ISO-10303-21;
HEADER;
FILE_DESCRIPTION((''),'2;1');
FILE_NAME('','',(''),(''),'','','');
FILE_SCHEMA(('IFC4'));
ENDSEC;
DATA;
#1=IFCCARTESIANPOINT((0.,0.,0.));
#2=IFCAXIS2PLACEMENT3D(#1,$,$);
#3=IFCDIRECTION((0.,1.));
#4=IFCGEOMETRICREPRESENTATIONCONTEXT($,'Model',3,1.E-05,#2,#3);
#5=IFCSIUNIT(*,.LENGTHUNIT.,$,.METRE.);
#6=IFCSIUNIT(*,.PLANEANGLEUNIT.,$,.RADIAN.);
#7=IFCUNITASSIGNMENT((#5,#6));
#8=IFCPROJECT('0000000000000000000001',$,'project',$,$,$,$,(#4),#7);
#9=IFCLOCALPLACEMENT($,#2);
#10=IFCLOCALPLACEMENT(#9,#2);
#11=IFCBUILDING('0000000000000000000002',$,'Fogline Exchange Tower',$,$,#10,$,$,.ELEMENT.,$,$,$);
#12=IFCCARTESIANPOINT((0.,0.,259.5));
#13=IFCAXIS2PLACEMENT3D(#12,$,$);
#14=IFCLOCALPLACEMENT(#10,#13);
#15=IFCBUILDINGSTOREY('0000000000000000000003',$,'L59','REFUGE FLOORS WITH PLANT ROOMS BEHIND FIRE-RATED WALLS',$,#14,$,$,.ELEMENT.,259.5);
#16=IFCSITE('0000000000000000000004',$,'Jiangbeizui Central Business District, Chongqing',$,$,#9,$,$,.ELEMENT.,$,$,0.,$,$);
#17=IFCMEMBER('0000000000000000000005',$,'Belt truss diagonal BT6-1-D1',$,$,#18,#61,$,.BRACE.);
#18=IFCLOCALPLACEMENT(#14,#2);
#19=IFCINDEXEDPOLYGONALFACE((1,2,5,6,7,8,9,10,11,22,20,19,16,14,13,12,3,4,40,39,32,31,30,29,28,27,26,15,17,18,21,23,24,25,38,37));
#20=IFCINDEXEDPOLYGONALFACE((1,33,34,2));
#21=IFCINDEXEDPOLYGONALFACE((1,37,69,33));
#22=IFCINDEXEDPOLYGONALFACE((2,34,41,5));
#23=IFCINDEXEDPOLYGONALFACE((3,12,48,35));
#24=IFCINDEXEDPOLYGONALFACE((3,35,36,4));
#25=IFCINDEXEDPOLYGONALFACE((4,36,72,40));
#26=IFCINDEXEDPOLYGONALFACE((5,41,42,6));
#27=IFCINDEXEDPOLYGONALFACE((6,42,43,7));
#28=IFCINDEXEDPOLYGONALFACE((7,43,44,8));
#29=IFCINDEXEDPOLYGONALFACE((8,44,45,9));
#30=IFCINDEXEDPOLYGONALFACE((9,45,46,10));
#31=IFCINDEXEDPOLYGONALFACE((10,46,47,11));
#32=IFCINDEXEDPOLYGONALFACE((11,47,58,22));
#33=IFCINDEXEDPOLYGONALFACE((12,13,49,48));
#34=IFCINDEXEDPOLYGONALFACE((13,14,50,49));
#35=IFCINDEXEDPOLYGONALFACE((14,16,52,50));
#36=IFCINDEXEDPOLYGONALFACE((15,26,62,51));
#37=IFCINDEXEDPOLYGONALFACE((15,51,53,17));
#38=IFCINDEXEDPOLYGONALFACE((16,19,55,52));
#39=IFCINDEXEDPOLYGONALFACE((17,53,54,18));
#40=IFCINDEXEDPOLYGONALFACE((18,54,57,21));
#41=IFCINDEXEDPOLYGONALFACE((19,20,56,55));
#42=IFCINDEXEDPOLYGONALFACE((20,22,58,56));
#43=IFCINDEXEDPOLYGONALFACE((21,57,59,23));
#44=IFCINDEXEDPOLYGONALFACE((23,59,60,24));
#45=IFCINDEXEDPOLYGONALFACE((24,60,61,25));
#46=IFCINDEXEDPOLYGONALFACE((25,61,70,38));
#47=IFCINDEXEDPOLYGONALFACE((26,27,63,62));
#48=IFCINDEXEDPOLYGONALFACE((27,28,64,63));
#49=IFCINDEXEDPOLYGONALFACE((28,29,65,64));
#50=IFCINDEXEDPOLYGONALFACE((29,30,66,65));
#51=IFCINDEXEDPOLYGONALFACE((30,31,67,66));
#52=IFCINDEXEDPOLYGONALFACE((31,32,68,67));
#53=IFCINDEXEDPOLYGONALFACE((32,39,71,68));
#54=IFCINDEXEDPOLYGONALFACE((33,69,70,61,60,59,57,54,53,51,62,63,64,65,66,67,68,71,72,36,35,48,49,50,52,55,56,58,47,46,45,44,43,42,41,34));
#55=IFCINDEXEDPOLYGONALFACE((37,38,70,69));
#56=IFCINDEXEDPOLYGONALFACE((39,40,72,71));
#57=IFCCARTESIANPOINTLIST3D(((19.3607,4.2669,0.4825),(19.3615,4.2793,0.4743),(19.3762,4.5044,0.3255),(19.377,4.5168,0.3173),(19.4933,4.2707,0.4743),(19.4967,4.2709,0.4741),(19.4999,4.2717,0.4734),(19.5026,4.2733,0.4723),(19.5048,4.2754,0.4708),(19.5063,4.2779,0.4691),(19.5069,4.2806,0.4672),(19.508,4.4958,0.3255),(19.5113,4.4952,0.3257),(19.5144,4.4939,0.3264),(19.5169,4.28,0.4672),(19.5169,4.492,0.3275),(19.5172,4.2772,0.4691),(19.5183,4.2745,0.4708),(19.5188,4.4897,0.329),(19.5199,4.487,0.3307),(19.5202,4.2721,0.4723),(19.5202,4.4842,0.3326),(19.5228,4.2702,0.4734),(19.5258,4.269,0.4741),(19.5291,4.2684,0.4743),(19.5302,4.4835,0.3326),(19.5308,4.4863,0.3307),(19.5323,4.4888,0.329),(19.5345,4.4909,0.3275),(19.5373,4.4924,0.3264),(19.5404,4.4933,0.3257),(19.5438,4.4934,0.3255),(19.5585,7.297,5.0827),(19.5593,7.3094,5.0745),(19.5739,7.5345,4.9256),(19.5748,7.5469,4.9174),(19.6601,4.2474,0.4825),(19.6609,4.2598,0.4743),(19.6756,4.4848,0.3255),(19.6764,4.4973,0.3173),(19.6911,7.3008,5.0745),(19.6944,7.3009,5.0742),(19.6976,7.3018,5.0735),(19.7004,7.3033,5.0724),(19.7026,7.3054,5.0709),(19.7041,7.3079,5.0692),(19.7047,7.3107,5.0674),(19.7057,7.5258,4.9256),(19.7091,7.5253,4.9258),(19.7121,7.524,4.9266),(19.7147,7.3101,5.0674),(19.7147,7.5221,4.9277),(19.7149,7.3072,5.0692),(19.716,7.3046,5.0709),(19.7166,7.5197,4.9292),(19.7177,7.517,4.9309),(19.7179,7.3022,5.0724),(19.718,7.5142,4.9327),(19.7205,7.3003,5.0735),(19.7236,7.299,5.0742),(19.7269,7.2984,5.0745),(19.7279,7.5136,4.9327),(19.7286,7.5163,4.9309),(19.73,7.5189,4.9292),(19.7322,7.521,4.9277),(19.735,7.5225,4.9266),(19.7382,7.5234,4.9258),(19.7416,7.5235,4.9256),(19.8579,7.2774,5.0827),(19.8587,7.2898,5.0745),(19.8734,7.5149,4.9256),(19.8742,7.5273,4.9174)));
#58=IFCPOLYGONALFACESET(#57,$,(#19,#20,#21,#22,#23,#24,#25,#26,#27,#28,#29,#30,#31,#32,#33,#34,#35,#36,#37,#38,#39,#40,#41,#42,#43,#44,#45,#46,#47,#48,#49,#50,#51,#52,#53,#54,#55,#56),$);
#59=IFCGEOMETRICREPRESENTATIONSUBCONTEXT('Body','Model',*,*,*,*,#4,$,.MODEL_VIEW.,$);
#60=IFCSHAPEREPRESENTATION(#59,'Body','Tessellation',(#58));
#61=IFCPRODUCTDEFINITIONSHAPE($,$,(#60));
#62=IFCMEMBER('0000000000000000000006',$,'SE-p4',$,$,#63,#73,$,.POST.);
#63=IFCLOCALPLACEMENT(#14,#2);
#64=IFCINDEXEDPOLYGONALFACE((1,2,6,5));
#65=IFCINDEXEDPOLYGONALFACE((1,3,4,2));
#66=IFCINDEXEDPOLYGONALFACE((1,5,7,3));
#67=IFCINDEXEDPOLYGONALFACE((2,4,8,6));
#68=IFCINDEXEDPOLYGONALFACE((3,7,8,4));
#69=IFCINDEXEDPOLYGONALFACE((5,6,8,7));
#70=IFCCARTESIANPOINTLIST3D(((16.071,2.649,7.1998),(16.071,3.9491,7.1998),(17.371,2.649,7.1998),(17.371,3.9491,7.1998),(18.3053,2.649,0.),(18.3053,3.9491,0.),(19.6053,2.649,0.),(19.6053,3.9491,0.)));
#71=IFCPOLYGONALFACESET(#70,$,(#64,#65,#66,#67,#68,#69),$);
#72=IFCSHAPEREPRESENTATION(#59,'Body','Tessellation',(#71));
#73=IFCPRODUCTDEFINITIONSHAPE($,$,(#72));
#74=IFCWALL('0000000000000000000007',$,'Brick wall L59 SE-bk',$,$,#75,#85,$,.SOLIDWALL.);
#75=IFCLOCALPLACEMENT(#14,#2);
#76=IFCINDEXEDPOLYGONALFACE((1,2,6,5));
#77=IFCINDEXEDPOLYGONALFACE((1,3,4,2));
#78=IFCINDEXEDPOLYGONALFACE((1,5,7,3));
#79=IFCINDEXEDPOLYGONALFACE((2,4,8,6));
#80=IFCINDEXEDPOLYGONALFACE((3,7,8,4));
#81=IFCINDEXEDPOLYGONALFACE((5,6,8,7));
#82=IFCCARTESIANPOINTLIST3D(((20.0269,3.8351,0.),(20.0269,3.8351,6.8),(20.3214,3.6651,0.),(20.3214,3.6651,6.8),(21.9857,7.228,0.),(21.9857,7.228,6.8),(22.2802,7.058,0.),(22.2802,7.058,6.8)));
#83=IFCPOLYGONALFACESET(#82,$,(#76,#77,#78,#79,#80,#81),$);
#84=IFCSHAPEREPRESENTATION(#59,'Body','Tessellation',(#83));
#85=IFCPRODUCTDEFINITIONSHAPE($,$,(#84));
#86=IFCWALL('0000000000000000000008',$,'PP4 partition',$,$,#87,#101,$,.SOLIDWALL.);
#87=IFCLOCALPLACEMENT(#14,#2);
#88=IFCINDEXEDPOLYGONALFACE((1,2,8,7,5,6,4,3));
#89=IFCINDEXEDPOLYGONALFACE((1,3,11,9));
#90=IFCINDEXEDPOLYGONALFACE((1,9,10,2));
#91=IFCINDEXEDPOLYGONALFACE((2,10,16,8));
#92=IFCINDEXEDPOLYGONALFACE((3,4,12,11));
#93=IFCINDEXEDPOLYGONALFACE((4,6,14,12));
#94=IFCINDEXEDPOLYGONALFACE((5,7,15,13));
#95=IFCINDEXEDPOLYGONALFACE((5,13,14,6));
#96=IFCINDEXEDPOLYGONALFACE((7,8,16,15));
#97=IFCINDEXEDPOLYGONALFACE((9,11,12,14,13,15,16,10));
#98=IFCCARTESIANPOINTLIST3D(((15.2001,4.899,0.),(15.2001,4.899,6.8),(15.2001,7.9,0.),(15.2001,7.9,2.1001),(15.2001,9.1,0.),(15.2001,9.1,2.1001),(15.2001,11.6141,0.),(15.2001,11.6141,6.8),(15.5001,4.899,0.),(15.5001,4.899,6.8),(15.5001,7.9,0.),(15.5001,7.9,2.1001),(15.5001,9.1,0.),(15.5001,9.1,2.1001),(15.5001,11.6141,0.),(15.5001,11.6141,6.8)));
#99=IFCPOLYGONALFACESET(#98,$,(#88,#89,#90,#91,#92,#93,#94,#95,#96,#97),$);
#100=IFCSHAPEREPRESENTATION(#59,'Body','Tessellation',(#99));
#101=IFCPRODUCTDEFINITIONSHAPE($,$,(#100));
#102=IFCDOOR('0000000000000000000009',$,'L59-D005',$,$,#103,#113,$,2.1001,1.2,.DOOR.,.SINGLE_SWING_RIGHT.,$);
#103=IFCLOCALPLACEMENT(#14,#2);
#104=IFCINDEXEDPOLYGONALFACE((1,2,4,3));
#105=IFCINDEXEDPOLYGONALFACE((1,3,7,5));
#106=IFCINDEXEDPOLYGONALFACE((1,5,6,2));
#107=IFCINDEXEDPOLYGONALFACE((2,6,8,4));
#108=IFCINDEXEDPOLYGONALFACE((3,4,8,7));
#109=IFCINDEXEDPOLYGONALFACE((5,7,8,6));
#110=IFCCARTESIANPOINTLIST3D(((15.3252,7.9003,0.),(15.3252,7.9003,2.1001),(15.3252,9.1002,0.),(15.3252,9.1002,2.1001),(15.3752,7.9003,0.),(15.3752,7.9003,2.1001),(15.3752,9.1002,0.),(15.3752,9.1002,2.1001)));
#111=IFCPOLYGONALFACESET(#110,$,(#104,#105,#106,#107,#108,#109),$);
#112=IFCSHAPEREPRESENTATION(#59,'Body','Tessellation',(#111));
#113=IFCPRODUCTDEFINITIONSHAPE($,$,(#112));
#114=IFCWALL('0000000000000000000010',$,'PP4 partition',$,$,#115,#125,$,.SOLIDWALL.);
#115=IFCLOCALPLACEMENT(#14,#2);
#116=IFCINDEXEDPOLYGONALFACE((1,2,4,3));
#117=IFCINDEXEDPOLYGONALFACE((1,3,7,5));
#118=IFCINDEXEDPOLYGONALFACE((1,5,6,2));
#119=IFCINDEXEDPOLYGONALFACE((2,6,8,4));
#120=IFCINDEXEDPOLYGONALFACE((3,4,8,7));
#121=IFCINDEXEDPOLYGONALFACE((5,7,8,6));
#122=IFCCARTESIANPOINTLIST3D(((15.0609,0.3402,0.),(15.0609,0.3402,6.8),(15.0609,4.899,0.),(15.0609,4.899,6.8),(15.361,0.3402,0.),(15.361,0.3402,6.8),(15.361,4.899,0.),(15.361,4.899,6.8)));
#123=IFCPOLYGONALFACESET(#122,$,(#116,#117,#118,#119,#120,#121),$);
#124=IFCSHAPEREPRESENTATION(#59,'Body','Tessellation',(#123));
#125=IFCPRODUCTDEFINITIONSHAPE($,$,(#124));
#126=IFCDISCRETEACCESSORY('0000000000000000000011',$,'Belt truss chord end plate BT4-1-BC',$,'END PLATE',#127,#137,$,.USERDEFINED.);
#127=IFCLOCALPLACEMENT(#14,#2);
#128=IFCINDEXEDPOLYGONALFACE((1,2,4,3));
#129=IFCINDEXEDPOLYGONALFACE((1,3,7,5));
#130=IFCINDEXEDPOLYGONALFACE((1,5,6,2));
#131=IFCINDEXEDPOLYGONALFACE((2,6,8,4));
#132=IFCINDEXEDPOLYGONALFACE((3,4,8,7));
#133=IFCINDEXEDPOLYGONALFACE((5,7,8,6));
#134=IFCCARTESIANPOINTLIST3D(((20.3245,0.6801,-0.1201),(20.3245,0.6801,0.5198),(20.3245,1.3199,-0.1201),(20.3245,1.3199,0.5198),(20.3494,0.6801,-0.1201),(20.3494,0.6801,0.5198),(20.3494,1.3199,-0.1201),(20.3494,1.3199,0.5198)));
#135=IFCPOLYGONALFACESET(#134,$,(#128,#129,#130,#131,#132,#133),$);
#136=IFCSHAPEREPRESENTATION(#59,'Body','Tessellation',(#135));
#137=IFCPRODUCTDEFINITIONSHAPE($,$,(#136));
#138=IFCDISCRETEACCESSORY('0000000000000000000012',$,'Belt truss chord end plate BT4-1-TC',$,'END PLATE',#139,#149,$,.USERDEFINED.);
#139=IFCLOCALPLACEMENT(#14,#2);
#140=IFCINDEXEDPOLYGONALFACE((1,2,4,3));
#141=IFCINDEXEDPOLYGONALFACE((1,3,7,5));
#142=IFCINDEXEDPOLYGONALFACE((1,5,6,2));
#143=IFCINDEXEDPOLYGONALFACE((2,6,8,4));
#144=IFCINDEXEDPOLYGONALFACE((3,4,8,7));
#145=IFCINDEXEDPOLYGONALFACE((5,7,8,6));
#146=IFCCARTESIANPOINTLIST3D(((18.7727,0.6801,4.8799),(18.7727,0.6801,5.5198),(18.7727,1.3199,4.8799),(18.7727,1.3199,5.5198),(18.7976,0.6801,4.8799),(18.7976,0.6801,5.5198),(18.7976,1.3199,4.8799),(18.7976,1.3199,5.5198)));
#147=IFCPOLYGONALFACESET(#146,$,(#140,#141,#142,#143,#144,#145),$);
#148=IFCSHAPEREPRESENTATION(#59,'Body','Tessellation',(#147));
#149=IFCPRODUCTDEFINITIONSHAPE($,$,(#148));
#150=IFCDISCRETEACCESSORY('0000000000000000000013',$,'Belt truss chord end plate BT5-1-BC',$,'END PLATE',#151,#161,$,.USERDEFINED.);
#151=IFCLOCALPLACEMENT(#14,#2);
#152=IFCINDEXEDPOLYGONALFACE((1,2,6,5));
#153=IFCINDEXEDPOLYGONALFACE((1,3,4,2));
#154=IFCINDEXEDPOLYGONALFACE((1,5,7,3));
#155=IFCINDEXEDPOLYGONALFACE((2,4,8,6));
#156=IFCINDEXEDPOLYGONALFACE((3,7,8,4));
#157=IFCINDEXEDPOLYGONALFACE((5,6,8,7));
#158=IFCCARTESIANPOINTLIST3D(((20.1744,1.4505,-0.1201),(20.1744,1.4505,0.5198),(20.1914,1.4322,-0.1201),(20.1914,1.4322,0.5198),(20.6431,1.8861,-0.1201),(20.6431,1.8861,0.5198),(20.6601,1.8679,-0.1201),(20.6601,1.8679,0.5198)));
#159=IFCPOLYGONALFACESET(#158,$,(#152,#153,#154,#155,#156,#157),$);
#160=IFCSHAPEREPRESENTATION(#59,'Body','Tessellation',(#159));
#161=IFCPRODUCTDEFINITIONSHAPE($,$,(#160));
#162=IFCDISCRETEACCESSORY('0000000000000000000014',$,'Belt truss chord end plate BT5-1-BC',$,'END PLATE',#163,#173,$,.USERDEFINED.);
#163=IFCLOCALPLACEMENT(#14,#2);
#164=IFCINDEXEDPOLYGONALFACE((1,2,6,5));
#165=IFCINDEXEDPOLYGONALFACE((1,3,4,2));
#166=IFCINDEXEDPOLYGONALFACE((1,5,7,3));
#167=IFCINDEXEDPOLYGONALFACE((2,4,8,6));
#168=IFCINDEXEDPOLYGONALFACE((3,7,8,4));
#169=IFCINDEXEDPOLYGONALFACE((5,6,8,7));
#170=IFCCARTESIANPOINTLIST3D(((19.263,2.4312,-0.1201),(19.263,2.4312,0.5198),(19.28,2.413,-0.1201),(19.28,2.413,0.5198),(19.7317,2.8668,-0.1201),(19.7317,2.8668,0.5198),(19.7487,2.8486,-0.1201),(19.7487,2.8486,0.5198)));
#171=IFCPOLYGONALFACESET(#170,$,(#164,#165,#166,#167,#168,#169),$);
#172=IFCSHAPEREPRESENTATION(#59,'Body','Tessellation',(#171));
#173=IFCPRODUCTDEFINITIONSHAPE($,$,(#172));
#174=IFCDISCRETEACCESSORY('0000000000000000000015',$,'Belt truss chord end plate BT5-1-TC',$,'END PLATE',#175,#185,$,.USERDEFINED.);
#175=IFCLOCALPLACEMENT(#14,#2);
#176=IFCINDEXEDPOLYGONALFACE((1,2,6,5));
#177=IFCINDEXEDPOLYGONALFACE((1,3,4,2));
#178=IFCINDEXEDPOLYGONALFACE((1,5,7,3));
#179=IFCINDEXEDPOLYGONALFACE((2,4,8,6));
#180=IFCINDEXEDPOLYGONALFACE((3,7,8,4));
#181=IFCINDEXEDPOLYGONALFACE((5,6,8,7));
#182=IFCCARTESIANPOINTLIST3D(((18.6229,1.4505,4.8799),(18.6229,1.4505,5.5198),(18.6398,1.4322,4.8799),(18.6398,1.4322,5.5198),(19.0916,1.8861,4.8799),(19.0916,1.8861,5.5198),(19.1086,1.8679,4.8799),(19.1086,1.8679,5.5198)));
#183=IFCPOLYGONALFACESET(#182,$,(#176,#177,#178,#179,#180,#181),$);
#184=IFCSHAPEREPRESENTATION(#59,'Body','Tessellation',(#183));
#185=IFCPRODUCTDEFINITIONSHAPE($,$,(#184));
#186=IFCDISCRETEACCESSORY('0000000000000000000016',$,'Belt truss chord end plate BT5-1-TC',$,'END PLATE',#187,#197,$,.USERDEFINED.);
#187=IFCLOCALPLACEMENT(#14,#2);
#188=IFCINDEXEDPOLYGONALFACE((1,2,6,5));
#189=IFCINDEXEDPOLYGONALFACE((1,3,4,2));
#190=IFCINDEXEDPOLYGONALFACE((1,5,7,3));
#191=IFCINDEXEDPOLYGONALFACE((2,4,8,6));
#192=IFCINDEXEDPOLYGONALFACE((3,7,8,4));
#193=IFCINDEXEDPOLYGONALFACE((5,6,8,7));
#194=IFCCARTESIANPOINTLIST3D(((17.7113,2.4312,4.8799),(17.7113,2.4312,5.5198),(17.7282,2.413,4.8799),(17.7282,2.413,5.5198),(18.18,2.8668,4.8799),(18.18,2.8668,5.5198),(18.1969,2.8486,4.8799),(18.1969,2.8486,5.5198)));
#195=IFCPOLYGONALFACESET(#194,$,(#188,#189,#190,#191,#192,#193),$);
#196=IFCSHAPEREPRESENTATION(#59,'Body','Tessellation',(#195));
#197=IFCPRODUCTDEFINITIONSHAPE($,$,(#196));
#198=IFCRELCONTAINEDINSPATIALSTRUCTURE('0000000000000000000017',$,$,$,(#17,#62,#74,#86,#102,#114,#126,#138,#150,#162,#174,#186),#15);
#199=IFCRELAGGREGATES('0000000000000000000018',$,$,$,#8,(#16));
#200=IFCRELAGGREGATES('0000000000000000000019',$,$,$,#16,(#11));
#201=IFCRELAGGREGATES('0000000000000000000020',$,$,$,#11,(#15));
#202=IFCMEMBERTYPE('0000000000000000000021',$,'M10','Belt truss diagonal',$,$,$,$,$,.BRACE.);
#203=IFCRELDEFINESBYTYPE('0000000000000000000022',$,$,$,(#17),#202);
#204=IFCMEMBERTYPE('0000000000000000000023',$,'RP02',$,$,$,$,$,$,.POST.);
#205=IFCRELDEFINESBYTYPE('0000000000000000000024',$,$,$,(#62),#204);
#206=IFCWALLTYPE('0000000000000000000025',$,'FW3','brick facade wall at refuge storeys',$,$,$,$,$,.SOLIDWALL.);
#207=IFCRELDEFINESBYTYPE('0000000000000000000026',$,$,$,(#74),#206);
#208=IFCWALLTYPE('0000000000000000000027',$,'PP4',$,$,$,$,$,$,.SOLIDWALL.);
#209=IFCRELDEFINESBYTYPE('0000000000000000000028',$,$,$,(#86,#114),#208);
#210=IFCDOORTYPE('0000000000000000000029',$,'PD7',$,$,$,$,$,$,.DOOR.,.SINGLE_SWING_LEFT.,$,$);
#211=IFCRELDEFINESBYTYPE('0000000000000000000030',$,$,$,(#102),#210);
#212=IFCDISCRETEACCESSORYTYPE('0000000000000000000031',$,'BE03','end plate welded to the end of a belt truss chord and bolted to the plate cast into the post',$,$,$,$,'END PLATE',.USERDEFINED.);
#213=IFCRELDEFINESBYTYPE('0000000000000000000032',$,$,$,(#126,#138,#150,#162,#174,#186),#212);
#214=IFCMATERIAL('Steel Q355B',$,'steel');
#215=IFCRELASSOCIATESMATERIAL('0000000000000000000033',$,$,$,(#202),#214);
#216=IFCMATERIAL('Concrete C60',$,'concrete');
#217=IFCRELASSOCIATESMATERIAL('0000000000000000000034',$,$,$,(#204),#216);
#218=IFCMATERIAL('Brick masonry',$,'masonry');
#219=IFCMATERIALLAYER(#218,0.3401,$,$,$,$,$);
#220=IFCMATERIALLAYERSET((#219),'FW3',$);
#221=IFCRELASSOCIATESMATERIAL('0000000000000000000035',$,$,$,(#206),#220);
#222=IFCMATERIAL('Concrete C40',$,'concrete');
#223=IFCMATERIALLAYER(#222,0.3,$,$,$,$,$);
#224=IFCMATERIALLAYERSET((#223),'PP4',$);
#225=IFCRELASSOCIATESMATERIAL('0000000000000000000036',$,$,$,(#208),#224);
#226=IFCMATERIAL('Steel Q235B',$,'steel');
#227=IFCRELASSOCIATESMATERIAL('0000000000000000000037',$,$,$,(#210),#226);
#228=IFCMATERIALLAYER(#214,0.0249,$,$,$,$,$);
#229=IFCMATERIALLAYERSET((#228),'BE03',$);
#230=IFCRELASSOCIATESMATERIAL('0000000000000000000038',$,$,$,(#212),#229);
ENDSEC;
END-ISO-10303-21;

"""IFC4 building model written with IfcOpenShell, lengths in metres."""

from ifc_helpers import new_model, si_unit, direction, frame, frame_2d, origin, origin_2d, place, context, subcontext, project, spatial, rectangle, i_section, extrude, material, layer, layer_set, material_profile, profile_set, type_object, element, fill, save


model = new_model("IFC4")

# Units and contexts
model_context = context("Model", 3, precision=1e-05, world=origin(), true_north=direction((0.0, 1.0)))
body_context = subcontext(model_context, "Body", "Model", "MODEL_VIEW")
ifc_project = project(units=[si_unit("LENGTHUNIT", "METRE"), si_unit("PLANEANGLEUNIT", "RADIAN")], contexts=[model_context])

# Site, building, storey
site_placement = place(None, origin())
site = spatial("IfcSite", under=ifc_project, at=site_placement, Name="Jiangbeizui Central Business District, Chongqing", CompositionType="ELEMENT", RefElevation=0.0)
building_placement = place(site_placement, origin())
building = spatial("IfcBuilding", under=site, at=building_placement, Name="Fogline Exchange Tower", CompositionType="ELEMENT")
storey_placement = place(building_placement, frame((0.0, 0.0, 259.5)))
storey = spatial("IfcBuildingStorey", under=building, at=storey_placement, Name="L59", Description="REFUGE FLOORS WITH PLANT ROOMS BEHIND FIRE-RATED WALLS", CompositionType="ELEMENT", Elevation=259.5)

# Shared definitions
ifc_material_1 = material(Name="Concrete C40", Category="concrete")

# Members
ifc_material_2 = material(Name="Steel Q355B", Category="steel")
ifc_material_profile_1 = material_profile(ifc_material_2, i_section(OverallWidth=0.3, OverallDepth=0.3, WebThickness=0.01, FlangeThickness=0.0149, FilletRadius=0.0129, at=origin_2d()), Name="HW300X300X10X15")
ifc_profile_set_1 = profile_set([ifc_material_profile_1], Name="Steel Q355B")
member_type_1 = type_object("IfcMemberType", Name="M10", Description="Belt truss diagonal", PredefinedType="BRACE", material=ifc_profile_set_1)
member_1_placement = place(storey_placement, frame((19.5186, 4.3821, 0.3999), z_axis=(0.035878, 0.549725, 0.834575), x_axis=(-0.997877, 0.065126, 0.0)))
element("IfcMember", 1, at=member_1_placement, inside=storey, type_object=member_type_1, Name="Belt truss diagonal BT6-1-D1", PredefinedType="BRACE", context=body_context, shape_type="SweptSolid", body=[
    extrude(i_section(OverallWidth=0.3, OverallDepth=0.3, WebThickness=0.01, FlangeThickness=0.0149, FilletRadius=0.0129, at=origin_2d()), origin(), (0.0, 0.0, 1.0), 5.512),
])
ifc_material_3 = material(Name="Concrete C60", Category="concrete")
ifc_material_profile_2 = material_profile(ifc_material_3, rectangle(XDim=1.3, YDim=1.3, at=origin_2d()), Name="RC 1300x1300")
ifc_profile_set_2 = profile_set([ifc_material_profile_2], Name="Concrete C60")
member_type_2 = type_object("IfcMemberType", Name="RP02", PredefinedType="POST", material=ifc_profile_set_2)
member_2_placement = place(storey_placement, frame((18.9553, 3.2991, 0.0), z_axis=(0.0, 0.0, 1.0), x_axis=(0.0, -1.0, 0.0)))
element("IfcMember", 2, at=member_2_placement, inside=storey, type_object=member_type_2, Name="SE-p4", PredefinedType="POST", context=body_context, shape_type="SweptSolid", body=[
    extrude(rectangle(XDim=1.3, YDim=1.3, at=origin_2d()), origin(), (0.0, -0.296388, 0.955068), 7.5386),
])

# Wall
ifc_material_4 = material(Name="Brick masonry", Category="masonry")
ifc_layer_1 = layer(ifc_material_4, 0.3401)
ifc_layer_set_1 = layer_set([ifc_layer_1], Name="FW3")
wall_type_1 = type_object("IfcWallType", Name="FW3", Description="brick facade wall at refuge storeys", PredefinedType="SOLIDWALL", material=ifc_layer_set_1)
wall_1_placement = place(storey_placement, frame((20.1741, 3.75, 0.0), z_axis=(0.0, 0.0, 1.0), x_axis=(0.49998, 0.866037, 0.0)))
element("IfcWall", 3, at=wall_1_placement, inside=storey, type_object=wall_type_1, Name="Brick wall L59 SE-bk", PredefinedType="SOLIDWALL", context=body_context, shape_type="SweptSolid", body=[
    extrude(rectangle(XDim=3.9177, YDim=0.3401, at=frame_2d((1.959, 0.0))), origin(), (0.0, 0.0, 1.0), 6.8),
])

# Wall, opening, door
ifc_layer_2 = layer(ifc_material_1, 0.3)
ifc_layer_set_2 = layer_set([ifc_layer_2], Name="PP4")
wall_type_2 = type_object("IfcWallType", Name="PP4", PredefinedType="SOLIDWALL", material=ifc_layer_set_2)
wall_2_placement = place(storey_placement, frame((15.3501, 11.614, 0.0), z_axis=(0.0, 0.0, 1.0), x_axis=(0.0, -1.0, 0.0)))
wall_2 = element("IfcWall", 4, at=wall_2_placement, inside=storey, type_object=wall_type_2, Name="PP4 partition", PredefinedType="SOLIDWALL", context=body_context, shape_type="SweptSolid", body=[
    extrude(rectangle(XDim=6.7151, YDim=0.3, at=frame_2d((3.3574, 0.0))), origin(), (0.0, 0.0, 1.0), 6.8),
])
opening_placement = place(wall_2_placement, frame((2.5139, 0.0, 0.0)))
opening = element("IfcOpeningElement", 5, at=opening_placement, cuts=wall_2, PredefinedType="OPENING", context=body_context, shape_type="SweptSolid", body=[
    extrude(rectangle(XDim=1.2, YDim=2.1001, at=frame_2d((0.6001, 1.05))), frame((0.0, 0.1602, 0.0), z_axis=(0.0, -1.0, 0.0), x_axis=(1.0, 0.0, 0.0)), (0.0, 0.0, 1.0), 0.3201),
])
ifc_material_5 = material(Name="Steel Q235B", Category="steel")
door_type = type_object("IfcDoorType", Name="PD7", OperationType="SINGLE_SWING_LEFT", PredefinedType="DOOR", material=ifc_material_5)
door_placement = place(opening_placement, frame((1.2, 0.0, 0.0), z_axis=(0.0, 0.0, 1.0), x_axis=(-1.0, 0.0, 0.0)))
door = element("IfcDoor", 6, at=door_placement, inside=storey, type_object=door_type, Name="L59-D005", OperationType="SINGLE_SWING_RIGHT", OverallHeight=2.1001, OverallWidth=1.2, PredefinedType="DOOR", context=body_context, shape_type="SweptSolid", body=[
    extrude(rectangle(XDim=1.2, YDim=2.1001, at=frame_2d((0.6001, 1.05))), frame((0.0, 0.0249, 0.0), z_axis=(0.0, -1.0, 0.0), x_axis=(1.0, 0.0, 0.0)), (0.0, 0.0, 1.0), 0.05),
])
fill(opening, door)

# Wall
wall_3_placement = place(storey_placement, frame((15.2109, 4.8989, 0.0), z_axis=(0.0, 0.0, 1.0), x_axis=(0.0, -1.0, 0.0)))
element("IfcWall", 7, at=wall_3_placement, inside=storey, type_object=wall_type_2, Name="PP4 partition", PredefinedType="SOLIDWALL", context=body_context, shape_type="SweptSolid", body=[
    extrude(rectangle(XDim=4.5588, YDim=0.3, at=frame_2d((2.2793, 0.0))), origin(), (0.0, 0.0, 1.0), 6.8),
])

# Discrete accessories
ifc_layer_3 = layer(ifc_material_2, 0.0249)
ifc_layer_set_3 = layer_set([ifc_layer_3], Name="BE03")
discrete_accessory_type = type_object("IfcDiscreteAccessoryType", Name="BE03", Description="end plate welded to the end of a belt truss chord and bolted to the plate cast into the post", ElementType="END PLATE", PredefinedType="USERDEFINED", material=ifc_layer_set_3)
for number, where, z_axis, x_axis, name in (
    (8, (20.3369, 1.0, -0.1201), (0.0, 0.0, 1.0), (1.0, 0.0, 0.0), "Belt truss chord end plate BT4-1-BC"),
    (9, (18.7852, 1.0, 4.8799), (0.0, 0.0, 1.0), (1.0, 0.0, 0.0), "Belt truss chord end plate BT4-1-TC"),
    (10, (20.4172, 1.6592, -0.1201), (0.0, 0.0, 1.0), (0.680781, -0.732487, 0.0), "Belt truss chord end plate BT5-1-BC"),
    (11, (19.5059, 2.6399, -0.1201), (0.0, 0.0, 1.0), (-0.680781, 0.732487, 0.0), "Belt truss chord end plate BT5-1-BC"),
    (12, (18.8657, 1.6592, 4.8799), (0.0, 0.0, 1.0), (0.680781, -0.732487, 0.0), "Belt truss chord end plate BT5-1-TC"),
    (13, (17.9541, 2.6399, 4.8799), (0.0, 0.0, 1.0), (-0.680781, 0.732487, 0.0), "Belt truss chord end plate BT5-1-TC"),
):
    element("IfcDiscreteAccessory", number, at=place(storey_placement, frame(where, z_axis=z_axis, x_axis=x_axis)), inside=storey, type_object=discrete_accessory_type, Name=name, ObjectType="END PLATE", PredefinedType="USERDEFINED", context=body_context, shape_type="SweptSolid", body=[
        extrude(rectangle(XDim=0.0249, YDim=0.6399, at=origin_2d()), origin(), (0.0, 0.0, 1.0), 0.6399),
    ])

save(model, "model.ifc")
